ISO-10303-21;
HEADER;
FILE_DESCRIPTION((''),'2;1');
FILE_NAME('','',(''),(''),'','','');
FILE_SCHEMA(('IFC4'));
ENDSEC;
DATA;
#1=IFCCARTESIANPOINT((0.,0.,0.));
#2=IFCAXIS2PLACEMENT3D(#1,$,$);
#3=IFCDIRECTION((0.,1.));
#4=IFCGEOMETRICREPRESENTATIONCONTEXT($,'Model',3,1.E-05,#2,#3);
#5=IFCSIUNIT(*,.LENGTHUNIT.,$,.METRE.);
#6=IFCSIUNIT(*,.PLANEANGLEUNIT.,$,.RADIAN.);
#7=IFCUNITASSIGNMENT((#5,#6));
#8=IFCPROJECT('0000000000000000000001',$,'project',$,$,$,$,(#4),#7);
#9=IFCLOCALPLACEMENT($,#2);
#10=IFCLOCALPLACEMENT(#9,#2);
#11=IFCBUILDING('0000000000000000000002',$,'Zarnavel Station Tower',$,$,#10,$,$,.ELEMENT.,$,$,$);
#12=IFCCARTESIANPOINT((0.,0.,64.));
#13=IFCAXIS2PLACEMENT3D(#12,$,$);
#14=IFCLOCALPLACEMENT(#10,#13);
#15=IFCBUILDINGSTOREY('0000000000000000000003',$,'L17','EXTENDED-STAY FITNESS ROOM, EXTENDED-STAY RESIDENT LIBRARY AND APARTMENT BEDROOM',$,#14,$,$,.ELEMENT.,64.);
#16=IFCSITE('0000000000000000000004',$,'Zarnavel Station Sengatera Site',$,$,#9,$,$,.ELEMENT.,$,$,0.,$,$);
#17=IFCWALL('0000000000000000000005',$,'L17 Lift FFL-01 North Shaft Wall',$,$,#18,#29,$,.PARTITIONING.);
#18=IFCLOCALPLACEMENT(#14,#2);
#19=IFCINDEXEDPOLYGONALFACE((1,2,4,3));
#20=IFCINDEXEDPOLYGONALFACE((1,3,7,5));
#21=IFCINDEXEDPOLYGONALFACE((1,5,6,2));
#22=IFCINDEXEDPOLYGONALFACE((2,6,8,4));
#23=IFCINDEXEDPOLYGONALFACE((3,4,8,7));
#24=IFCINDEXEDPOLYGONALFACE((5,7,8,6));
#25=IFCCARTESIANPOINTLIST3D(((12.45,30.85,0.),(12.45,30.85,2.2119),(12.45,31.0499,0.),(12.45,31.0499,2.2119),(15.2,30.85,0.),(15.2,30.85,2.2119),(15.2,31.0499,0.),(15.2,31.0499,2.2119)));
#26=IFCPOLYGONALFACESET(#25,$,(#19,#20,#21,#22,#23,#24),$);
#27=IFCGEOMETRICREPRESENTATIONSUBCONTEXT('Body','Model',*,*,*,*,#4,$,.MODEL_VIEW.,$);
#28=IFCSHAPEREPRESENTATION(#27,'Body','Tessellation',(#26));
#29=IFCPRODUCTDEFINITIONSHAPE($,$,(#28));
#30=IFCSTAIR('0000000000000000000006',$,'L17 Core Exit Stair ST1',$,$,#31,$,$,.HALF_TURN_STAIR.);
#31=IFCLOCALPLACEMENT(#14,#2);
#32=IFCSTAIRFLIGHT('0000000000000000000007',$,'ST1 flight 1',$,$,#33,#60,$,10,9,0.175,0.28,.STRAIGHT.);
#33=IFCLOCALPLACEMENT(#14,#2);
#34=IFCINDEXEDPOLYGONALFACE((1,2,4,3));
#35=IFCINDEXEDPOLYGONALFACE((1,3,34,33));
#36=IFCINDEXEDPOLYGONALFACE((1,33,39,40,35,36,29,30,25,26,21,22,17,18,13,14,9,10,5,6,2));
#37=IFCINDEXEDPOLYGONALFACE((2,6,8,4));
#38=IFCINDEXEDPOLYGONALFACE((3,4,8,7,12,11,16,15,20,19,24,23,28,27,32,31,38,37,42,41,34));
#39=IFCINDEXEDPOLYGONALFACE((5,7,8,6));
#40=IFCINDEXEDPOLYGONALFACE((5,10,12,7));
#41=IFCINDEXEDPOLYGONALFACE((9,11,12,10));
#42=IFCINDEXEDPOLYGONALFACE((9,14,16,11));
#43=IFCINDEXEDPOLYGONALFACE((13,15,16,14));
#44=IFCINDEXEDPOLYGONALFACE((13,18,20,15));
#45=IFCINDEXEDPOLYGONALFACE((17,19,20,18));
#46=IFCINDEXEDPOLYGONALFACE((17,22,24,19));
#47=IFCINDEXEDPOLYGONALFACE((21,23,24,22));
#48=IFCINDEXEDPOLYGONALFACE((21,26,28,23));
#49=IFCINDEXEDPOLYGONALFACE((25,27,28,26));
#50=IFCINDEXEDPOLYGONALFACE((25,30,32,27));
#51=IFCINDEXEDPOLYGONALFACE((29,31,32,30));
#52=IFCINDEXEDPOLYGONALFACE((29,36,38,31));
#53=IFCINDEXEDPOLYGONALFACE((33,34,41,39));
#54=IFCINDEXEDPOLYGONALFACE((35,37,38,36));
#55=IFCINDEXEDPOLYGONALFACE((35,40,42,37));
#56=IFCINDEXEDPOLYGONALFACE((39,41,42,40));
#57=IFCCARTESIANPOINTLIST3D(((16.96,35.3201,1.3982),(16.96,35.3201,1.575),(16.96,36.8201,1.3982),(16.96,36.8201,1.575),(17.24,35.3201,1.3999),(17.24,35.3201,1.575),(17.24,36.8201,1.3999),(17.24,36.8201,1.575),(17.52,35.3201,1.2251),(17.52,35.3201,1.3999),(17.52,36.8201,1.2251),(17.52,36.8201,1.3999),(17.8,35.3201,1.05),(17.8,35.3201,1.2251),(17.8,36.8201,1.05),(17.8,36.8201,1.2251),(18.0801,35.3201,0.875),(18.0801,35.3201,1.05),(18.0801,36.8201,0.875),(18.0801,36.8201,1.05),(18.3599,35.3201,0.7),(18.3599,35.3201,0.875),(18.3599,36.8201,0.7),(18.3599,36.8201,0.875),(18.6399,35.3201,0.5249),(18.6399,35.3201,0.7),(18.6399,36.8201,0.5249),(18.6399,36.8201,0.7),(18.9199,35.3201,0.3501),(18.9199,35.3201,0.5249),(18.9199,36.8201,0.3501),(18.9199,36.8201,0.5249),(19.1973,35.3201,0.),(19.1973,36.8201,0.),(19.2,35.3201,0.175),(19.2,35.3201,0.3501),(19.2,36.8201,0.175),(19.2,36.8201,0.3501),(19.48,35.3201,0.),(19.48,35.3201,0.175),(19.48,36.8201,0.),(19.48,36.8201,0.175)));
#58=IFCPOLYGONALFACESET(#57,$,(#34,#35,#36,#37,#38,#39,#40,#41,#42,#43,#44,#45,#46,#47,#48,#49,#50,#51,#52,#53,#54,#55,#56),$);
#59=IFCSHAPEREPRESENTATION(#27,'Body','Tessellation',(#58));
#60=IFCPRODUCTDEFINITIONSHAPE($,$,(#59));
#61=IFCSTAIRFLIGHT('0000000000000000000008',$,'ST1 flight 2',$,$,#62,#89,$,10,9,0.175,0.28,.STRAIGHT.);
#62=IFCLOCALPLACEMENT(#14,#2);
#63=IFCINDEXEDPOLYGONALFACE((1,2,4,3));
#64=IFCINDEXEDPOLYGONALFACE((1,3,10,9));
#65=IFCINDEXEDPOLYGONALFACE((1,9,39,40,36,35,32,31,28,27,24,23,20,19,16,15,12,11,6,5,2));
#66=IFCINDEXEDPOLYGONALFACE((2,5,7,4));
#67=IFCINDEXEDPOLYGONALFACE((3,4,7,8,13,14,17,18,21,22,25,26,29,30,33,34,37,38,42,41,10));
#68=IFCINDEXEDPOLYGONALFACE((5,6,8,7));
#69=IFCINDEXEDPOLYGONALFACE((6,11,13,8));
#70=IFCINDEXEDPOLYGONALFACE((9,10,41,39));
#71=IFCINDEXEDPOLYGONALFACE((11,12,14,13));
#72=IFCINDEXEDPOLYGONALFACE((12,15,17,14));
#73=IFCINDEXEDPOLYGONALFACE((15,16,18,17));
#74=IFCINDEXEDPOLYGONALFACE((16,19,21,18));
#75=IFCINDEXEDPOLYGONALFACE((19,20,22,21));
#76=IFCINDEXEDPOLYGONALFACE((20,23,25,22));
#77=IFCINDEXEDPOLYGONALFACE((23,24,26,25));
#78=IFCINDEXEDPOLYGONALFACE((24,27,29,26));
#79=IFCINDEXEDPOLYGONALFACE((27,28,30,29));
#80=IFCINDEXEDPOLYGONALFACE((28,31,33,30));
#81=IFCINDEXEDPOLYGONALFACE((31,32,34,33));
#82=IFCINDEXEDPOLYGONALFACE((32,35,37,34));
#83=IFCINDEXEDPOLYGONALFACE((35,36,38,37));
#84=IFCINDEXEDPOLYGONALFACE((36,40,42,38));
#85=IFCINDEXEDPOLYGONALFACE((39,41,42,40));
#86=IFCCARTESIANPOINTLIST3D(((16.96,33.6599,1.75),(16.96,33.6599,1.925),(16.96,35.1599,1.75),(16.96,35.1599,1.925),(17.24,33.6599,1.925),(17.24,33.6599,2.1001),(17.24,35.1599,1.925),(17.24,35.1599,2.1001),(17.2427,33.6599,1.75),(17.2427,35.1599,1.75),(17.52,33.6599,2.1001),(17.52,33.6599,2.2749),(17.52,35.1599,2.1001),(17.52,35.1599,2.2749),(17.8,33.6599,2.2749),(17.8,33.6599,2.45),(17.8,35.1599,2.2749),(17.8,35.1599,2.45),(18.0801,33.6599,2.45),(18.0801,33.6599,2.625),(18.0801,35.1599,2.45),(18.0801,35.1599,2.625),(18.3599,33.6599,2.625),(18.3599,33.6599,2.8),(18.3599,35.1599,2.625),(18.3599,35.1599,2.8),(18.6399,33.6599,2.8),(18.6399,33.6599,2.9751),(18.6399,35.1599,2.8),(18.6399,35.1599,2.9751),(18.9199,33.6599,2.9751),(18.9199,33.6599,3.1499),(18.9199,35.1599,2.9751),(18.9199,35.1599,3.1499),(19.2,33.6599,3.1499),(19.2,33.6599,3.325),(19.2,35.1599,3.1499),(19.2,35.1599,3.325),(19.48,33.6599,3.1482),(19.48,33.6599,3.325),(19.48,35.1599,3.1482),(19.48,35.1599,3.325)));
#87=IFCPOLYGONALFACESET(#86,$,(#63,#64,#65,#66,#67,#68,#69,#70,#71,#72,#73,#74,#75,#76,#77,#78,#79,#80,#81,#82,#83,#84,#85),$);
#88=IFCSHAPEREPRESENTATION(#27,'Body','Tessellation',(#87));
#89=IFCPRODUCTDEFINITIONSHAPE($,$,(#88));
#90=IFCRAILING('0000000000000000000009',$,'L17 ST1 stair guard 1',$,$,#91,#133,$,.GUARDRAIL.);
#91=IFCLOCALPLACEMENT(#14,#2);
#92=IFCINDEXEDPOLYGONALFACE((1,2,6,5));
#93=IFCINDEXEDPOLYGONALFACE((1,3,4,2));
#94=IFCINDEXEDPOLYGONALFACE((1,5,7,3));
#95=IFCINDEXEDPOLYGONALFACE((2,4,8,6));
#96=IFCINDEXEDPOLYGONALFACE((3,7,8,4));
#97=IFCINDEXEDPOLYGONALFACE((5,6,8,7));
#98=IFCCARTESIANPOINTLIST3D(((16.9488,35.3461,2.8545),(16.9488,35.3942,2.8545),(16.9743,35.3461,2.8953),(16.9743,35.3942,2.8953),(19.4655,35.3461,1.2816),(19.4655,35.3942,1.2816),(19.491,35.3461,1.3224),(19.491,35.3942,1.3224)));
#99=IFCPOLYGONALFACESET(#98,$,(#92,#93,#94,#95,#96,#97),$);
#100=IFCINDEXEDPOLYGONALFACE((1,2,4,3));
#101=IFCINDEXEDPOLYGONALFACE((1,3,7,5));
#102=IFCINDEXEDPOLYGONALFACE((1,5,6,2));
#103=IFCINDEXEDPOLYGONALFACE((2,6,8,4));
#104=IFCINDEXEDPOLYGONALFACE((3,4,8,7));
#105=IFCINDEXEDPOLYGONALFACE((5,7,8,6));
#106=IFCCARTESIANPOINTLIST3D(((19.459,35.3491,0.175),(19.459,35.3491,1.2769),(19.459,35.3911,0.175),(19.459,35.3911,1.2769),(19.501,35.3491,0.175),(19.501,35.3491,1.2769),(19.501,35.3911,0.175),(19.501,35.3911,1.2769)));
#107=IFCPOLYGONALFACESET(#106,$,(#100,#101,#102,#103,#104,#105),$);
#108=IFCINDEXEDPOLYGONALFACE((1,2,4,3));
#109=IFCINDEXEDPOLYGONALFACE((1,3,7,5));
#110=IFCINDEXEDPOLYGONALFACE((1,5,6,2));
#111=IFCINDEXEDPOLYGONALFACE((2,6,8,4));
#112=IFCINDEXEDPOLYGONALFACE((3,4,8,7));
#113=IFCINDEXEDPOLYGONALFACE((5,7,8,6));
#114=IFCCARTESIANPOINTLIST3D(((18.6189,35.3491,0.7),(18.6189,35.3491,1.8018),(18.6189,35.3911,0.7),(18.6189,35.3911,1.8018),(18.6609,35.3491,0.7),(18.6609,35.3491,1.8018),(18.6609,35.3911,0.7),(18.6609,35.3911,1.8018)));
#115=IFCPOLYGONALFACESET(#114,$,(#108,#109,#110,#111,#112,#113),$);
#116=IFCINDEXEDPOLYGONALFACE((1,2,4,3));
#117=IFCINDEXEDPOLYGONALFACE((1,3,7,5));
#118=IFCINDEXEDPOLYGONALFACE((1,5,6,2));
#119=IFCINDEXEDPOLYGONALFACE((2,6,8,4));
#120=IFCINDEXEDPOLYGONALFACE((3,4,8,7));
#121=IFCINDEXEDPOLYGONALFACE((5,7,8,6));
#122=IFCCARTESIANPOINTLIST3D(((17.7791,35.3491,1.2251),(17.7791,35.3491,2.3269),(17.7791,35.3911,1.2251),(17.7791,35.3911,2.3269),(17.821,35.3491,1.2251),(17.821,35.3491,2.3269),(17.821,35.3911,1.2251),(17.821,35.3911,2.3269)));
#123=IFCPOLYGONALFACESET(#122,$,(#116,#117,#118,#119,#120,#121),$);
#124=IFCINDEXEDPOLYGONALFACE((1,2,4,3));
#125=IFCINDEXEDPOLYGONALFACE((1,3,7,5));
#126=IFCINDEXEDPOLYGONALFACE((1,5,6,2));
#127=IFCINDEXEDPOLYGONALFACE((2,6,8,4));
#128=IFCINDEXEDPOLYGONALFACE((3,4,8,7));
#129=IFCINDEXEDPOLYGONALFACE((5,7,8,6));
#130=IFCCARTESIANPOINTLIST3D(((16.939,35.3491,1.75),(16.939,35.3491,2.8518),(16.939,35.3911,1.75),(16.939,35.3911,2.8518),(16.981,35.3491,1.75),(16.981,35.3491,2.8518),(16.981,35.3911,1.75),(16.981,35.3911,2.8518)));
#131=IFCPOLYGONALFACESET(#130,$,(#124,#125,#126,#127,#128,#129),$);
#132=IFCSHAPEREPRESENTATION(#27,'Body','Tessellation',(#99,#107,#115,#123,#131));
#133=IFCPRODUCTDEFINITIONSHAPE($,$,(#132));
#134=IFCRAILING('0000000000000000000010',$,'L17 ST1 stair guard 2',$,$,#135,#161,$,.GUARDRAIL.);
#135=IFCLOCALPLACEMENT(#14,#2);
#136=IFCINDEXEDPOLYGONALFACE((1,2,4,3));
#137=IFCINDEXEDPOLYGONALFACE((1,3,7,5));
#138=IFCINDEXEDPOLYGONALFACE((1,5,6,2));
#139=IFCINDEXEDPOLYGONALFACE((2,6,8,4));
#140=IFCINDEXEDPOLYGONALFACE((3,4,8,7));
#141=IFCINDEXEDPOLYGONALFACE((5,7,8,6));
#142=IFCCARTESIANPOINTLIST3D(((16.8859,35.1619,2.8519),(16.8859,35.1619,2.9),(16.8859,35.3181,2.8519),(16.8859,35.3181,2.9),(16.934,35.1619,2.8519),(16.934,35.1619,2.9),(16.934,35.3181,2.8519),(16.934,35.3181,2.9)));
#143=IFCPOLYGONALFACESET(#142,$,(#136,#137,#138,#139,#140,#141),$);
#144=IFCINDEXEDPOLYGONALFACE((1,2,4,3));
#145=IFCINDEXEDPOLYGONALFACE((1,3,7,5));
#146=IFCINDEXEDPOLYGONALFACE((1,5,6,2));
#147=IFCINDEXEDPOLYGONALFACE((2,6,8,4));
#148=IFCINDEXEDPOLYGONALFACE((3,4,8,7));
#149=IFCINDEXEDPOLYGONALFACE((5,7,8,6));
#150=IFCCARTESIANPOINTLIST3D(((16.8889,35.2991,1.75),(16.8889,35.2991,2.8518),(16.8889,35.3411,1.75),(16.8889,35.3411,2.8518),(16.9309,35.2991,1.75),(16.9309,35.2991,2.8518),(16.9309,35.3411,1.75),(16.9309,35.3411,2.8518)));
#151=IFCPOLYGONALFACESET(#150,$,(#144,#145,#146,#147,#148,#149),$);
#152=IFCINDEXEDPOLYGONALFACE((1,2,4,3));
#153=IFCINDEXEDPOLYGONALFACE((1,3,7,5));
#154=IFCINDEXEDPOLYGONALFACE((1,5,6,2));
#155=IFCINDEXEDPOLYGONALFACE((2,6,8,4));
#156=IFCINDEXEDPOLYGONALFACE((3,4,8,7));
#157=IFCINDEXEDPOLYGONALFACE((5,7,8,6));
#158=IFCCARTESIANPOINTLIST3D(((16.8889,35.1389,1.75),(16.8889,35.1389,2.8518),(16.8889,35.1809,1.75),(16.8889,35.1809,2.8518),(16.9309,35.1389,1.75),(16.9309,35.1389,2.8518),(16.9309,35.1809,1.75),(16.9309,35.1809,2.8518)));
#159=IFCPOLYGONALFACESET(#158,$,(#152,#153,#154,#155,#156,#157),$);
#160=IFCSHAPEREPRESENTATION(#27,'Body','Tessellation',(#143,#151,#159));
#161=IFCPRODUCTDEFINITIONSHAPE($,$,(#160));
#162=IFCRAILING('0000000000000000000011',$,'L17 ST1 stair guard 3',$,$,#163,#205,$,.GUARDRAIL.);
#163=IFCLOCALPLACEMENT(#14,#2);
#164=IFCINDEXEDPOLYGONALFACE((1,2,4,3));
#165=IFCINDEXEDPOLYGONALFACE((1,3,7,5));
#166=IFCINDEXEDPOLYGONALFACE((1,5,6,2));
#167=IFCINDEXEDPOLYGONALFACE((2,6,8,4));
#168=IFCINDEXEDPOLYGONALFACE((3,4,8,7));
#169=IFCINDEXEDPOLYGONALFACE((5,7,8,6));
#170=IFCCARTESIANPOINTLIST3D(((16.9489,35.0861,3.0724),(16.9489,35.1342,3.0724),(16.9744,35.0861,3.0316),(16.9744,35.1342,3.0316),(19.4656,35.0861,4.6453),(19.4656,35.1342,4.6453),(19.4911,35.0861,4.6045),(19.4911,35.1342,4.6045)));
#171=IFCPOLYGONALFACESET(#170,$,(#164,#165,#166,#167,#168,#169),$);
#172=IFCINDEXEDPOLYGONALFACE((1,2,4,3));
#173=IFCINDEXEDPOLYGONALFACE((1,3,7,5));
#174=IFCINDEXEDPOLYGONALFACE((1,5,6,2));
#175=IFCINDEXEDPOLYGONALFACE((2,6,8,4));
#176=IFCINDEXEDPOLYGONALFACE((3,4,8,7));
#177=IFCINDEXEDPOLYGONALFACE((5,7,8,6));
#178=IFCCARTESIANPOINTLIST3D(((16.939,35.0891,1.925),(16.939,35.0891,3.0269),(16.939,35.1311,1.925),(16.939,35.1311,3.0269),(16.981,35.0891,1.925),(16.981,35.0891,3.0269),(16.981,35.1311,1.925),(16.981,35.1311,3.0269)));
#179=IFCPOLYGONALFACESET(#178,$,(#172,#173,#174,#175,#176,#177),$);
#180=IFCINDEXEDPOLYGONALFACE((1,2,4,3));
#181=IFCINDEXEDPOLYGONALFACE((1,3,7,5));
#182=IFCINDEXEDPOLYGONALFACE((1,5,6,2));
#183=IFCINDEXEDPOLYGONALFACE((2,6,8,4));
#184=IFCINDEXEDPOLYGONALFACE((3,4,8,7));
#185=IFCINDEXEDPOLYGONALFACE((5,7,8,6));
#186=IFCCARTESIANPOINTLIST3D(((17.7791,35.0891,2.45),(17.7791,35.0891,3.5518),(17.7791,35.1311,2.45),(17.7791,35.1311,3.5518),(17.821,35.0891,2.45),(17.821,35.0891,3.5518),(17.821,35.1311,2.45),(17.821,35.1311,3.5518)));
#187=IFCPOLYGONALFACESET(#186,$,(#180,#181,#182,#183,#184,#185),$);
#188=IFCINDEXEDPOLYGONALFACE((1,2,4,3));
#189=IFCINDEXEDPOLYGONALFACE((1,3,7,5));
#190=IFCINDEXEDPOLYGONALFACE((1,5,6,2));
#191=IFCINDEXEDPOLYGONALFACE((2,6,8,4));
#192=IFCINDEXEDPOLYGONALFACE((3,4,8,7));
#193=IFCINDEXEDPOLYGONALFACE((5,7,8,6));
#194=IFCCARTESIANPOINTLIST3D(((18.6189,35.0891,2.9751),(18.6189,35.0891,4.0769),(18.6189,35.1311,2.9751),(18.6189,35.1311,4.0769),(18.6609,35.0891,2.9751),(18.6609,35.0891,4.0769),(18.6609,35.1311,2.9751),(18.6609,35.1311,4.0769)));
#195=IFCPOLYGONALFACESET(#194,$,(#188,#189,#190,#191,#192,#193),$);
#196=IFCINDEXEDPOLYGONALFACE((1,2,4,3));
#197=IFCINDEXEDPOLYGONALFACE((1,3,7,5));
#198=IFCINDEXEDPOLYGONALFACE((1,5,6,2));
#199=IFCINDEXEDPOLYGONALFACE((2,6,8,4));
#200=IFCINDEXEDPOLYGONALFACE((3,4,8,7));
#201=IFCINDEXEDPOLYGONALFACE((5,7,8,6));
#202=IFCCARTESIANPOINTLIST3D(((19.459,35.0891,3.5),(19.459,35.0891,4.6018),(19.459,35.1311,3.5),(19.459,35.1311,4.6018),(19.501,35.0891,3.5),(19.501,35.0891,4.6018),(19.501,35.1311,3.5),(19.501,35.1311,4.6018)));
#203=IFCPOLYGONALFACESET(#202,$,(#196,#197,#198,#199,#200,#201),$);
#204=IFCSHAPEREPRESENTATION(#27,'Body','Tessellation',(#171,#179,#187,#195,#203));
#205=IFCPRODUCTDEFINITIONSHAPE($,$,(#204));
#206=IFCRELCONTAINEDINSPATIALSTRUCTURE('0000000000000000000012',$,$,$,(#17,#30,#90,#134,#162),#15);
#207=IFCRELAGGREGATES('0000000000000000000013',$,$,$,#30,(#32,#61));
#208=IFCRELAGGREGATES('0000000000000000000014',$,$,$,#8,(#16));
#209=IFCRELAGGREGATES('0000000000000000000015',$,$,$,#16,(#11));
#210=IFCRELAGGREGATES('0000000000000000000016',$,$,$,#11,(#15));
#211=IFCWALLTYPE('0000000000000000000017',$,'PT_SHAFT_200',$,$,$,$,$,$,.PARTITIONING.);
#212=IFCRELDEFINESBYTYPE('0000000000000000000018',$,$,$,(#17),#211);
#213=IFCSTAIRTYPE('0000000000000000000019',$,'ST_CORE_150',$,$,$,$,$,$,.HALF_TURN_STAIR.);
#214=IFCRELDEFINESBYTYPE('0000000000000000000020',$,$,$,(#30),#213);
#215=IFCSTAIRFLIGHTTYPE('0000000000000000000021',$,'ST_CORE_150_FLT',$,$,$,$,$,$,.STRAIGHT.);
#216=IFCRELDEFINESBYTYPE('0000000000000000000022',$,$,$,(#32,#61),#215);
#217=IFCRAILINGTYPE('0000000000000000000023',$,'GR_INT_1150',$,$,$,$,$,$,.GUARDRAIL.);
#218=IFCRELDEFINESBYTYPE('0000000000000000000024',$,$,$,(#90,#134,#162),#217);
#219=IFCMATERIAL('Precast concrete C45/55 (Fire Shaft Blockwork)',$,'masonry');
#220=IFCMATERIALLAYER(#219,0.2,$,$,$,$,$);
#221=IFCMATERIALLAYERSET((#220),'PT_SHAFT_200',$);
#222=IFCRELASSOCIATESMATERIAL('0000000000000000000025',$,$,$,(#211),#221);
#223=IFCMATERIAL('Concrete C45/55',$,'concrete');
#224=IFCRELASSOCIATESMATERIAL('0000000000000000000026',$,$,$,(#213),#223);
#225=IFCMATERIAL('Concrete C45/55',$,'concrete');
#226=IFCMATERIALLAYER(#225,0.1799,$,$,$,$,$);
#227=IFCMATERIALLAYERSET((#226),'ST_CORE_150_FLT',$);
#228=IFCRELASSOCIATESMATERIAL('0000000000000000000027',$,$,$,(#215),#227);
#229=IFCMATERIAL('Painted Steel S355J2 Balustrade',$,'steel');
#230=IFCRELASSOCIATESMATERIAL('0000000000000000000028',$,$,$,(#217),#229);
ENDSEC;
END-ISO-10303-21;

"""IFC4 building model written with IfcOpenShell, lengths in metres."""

from ifc_helpers import new_model, si_unit, direction, frame, frame_2d, origin, origin_2d, place, context, subcontext, project, spatial, polyline, rectangle, outline, extrude, material, layer, layer_set, type_object, element, aggregate, save


model = new_model("IFC4")

# Units and contexts
model_context = context("Model", 3, precision=1e-05, world=origin(), true_north=direction((0.0, 1.0)))
body_context = subcontext(model_context, "Body", "Model", "MODEL_VIEW")
ifc_project = project(units=[si_unit("LENGTHUNIT", "METRE"), si_unit("PLANEANGLEUNIT", "RADIAN")], contexts=[model_context])

# Site, building, storey
site_placement = place(None, origin())
site = spatial("IfcSite", under=ifc_project, at=site_placement, Name="Zarnavel Station Sengatera Site", CompositionType="ELEMENT", RefElevation=0.0)
building_placement = place(site_placement, origin())
building = spatial("IfcBuilding", under=site, at=building_placement, Name="Zarnavel Station Tower", CompositionType="ELEMENT")
storey_placement = place(building_placement, frame((0.0, 0.0, 64.0)))
storey = spatial("IfcBuildingStorey", under=building, at=storey_placement, Name="L17", Description="EXTENDED-STAY FITNESS ROOM, EXTENDED-STAY RESIDENT LIBRARY AND APARTMENT BEDROOM", CompositionType="ELEMENT", Elevation=64.0)

# Shared definitions
ifc_material_1 = material(Name="Precast concrete C45/55 (Fire Shaft Blockwork)", Category="masonry")
ifc_layer_1 = layer(ifc_material_1, 0.2)
ifc_layer_set_1 = layer_set([ifc_layer_1], Name="PT_SHAFT_200")
wall_type_1 = type_object("IfcWallType", Name="PT_SHAFT_200", PredefinedType="PARTITIONING", material=ifc_layer_set_1)

# Wall
wall_1_placement = place(storey_placement, frame((12.45, 30.95, 0.0), z_axis=(0.0, 0.0, 1.0), x_axis=(1.0, 0.0, 0.0)))
element("IfcWall", 1, at=wall_1_placement, inside=storey, type_object=wall_type_1, Name="L17 Lift FFL-01 North Shaft Wall", PredefinedType="PARTITIONING", context=body_context, shape_type="SweptSolid", body=[
    extrude(rectangle(XDim=2.75, YDim=0.2, at=frame_2d((1.375, 0.0))), origin(), (0.0, 0.0, 1.0), 2.2119),
])

# Stair, stair flights
ifc_material_2 = material(Name="Concrete C45/55", Category="concrete")
stair_type = type_object("IfcStairType", Name="ST_CORE_150", PredefinedType="HALF_TURN_STAIR", material=ifc_material_2)
stair_placement = place(storey_placement, origin())
stair = element("IfcStair", 2, at=stair_placement, inside=storey, type_object=stair_type, Name="L17 Core Exit Stair ST1", PredefinedType="HALF_TURN_STAIR")
ifc_material_3 = material(Name="Concrete C45/55", Category="concrete")
ifc_layer_2 = layer(ifc_material_3, 0.1799)
ifc_layer_set_2 = layer_set([ifc_layer_2], Name="ST_CORE_150_FLT")
stair_flight_type = type_object("IfcStairFlightType", Name="ST_CORE_150_FLT", PredefinedType="STRAIGHT", material=ifc_layer_set_2)
stair_flight_1_placement = place(storey_placement, frame((19.48, 36.0701, 0.0), z_axis=(0.0, 0.0, 1.0), x_axis=(-1.0, 0.0, 0.0)))
stair_flight_1 = element("IfcStairFlight", 3, at=stair_flight_1_placement, type_object=stair_flight_type, Name="ST1 flight 1", NumberOfRisers=10, NumberOfTreads=9, PredefinedType="STRAIGHT", RiserHeight=0.175, TreadLength=0.28, context=body_context, shape_type="SweptSolid", body=[
    extrude(outline(polyline([(0.0, 0.0), (0.0, 0.175), (0.28, 0.175), (0.28, 0.3501), (0.5601, 0.3501), (0.5601, 0.5249), (0.8401, 0.5249), (0.8401, 0.7), (1.1201, 0.7), (1.1201, 0.875), (1.3999, 0.875), (1.3999, 1.05), (1.6799, 1.05), (1.6799, 1.2251), (1.96, 1.2251), (1.96, 1.3999), (2.24, 1.3999), (2.24, 1.575), (2.52, 1.575), (2.52, 1.75), (2.52, 1.3982), (0.2827, 0.0), (0.0, 0.0)])), frame((0.0, 0.75, 0.0), z_axis=(0.0, -1.0, 0.0), x_axis=(1.0, 0.0, 0.0)), (0.0, 0.0, 1.0), 1.5),
])
stair_flight_2_placement = place(storey_placement, frame((16.96, 34.4099, 1.75), z_axis=(0.0, 0.0, 1.0), x_axis=(1.0, 0.0, 0.0)))
stair_flight_2 = element("IfcStairFlight", 4, at=stair_flight_2_placement, type_object=stair_flight_type, Name="ST1 flight 2", NumberOfRisers=10, NumberOfTreads=9, PredefinedType="STRAIGHT", RiserHeight=0.175, TreadLength=0.28, context=body_context, shape_type="SweptSolid", body=[
    extrude(outline(polyline([(0.0, 0.0), (0.0, 0.175), (0.28, 0.175), (0.28, 0.3501), (0.5601, 0.3501), (0.5601, 0.5249), (0.8401, 0.5249), (0.8401, 0.7), (1.1201, 0.7), (1.1201, 0.875), (1.3999, 0.875), (1.3999, 1.05), (1.6799, 1.05), (1.6799, 1.2251), (1.96, 1.2251), (1.96, 1.3999), (2.24, 1.3999), (2.24, 1.575), (2.52, 1.575), (2.52, 1.75), (2.52, 1.3982), (0.2827, 0.0), (0.0, 0.0)])), frame((0.0, 0.75, 0.0), z_axis=(0.0, -1.0, 0.0), x_axis=(1.0, 0.0, 0.0)), (0.0, 0.0, 1.0), 1.5),
])
aggregate(stair, [stair_flight_1, stair_flight_2])

# Railings
ifc_material_4 = material(Name="Painted Steel S355J2 Balustrade", Category="steel")
railing_type_1 = type_object("IfcRailingType", Name="GR_INT_1150", PredefinedType="GUARDRAIL", material=ifc_material_4)
railing_1_placement = place(storey_placement, frame((19.48, 35.3701, 0.175)))
element("IfcRailing", 5, at=railing_1_placement, inside=storey, type_object=railing_type_1, Name="L17 ST1 stair guard 1", PredefinedType="GUARDRAIL", context=body_context, shape_type="SweptSolid", body=[
    extrude(rectangle(XDim=0.0481, YDim=0.0481, at=origin_2d()), frame((-0.0017, 0.0, 1.127), z_axis=(-0.848008, 0.0, 0.529984), x_axis=(0.0, -1.0, 0.0)), (0.0, 0.0, 1.0), 2.9678),
    extrude(rectangle(XDim=0.042, YDim=0.042, at=origin_2d()), origin(), (0.0, 0.0, 1.0), 1.1018),
    extrude(rectangle(XDim=0.042, YDim=0.042, at=origin_2d()), frame((-0.8401, 0.0, 0.5249)), (0.0, 0.0, 1.0), 1.1018),
    extrude(rectangle(XDim=0.042, YDim=0.042, at=origin_2d()), frame((-1.6799, 0.0, 1.05)), (0.0, 0.0, 1.0), 1.1018),
    extrude(rectangle(XDim=0.042, YDim=0.042, at=origin_2d()), frame((-2.52, 0.0, 1.575)), (0.0, 0.0, 1.0), 1.1018),
])
railing_2_placement = place(storey_placement, frame((16.9099, 35.3201, 1.75)))
element("IfcRailing", 6, at=railing_2_placement, inside=storey, type_object=railing_type_1, Name="L17 ST1 stair guard 2", PredefinedType="GUARDRAIL", context=body_context, shape_type="SweptSolid", body=[
    extrude(rectangle(XDim=0.0481, YDim=0.0481, at=origin_2d()), frame((0.0, -0.002, 1.126), z_axis=(0.0, -1.0, 0.0), x_axis=(1.0, 0.0, 0.0)), (0.0, 0.0, 1.0), 0.1562),
    extrude(rectangle(XDim=0.042, YDim=0.042, at=origin_2d()), origin(), (0.0, 0.0, 1.0), 1.1018),
    extrude(rectangle(XDim=0.042, YDim=0.042, at=origin_2d()), frame((0.0, -0.1602, 0.0)), (0.0, 0.0, 1.0), 1.1018),
])
railing_3_placement = place(storey_placement, frame((16.96, 35.1101, 1.925)))
element("IfcRailing", 7, at=railing_3_placement, inside=storey, type_object=railing_type_1, Name="L17 ST1 stair guard 3", PredefinedType="GUARDRAIL", context=body_context, shape_type="SweptSolid", body=[
    extrude(rectangle(XDim=0.0481, YDim=0.0481, at=origin_2d()), frame((0.0017, 0.0, 1.127), z_axis=(0.848008, 0.0, 0.529984), x_axis=(0.0, 1.0, 0.0)), (0.0, 0.0, 1.0), 2.9678),
    extrude(rectangle(XDim=0.042, YDim=0.042, at=origin_2d()), origin(), (0.0, 0.0, 1.0), 1.1018),
    extrude(rectangle(XDim=0.042, YDim=0.042, at=origin_2d()), frame((0.8401, 0.0, 0.5249)), (0.0, 0.0, 1.0), 1.1018),
    extrude(rectangle(XDim=0.042, YDim=0.042, at=origin_2d()), frame((1.6799, 0.0, 1.05)), (0.0, 0.0, 1.0), 1.1018),
    extrude(rectangle(XDim=0.042, YDim=0.042, at=origin_2d()), frame((2.52, 0.0, 1.575)), (0.0, 0.0, 1.0), 1.1018),
])

save(model, "model.ifc")
